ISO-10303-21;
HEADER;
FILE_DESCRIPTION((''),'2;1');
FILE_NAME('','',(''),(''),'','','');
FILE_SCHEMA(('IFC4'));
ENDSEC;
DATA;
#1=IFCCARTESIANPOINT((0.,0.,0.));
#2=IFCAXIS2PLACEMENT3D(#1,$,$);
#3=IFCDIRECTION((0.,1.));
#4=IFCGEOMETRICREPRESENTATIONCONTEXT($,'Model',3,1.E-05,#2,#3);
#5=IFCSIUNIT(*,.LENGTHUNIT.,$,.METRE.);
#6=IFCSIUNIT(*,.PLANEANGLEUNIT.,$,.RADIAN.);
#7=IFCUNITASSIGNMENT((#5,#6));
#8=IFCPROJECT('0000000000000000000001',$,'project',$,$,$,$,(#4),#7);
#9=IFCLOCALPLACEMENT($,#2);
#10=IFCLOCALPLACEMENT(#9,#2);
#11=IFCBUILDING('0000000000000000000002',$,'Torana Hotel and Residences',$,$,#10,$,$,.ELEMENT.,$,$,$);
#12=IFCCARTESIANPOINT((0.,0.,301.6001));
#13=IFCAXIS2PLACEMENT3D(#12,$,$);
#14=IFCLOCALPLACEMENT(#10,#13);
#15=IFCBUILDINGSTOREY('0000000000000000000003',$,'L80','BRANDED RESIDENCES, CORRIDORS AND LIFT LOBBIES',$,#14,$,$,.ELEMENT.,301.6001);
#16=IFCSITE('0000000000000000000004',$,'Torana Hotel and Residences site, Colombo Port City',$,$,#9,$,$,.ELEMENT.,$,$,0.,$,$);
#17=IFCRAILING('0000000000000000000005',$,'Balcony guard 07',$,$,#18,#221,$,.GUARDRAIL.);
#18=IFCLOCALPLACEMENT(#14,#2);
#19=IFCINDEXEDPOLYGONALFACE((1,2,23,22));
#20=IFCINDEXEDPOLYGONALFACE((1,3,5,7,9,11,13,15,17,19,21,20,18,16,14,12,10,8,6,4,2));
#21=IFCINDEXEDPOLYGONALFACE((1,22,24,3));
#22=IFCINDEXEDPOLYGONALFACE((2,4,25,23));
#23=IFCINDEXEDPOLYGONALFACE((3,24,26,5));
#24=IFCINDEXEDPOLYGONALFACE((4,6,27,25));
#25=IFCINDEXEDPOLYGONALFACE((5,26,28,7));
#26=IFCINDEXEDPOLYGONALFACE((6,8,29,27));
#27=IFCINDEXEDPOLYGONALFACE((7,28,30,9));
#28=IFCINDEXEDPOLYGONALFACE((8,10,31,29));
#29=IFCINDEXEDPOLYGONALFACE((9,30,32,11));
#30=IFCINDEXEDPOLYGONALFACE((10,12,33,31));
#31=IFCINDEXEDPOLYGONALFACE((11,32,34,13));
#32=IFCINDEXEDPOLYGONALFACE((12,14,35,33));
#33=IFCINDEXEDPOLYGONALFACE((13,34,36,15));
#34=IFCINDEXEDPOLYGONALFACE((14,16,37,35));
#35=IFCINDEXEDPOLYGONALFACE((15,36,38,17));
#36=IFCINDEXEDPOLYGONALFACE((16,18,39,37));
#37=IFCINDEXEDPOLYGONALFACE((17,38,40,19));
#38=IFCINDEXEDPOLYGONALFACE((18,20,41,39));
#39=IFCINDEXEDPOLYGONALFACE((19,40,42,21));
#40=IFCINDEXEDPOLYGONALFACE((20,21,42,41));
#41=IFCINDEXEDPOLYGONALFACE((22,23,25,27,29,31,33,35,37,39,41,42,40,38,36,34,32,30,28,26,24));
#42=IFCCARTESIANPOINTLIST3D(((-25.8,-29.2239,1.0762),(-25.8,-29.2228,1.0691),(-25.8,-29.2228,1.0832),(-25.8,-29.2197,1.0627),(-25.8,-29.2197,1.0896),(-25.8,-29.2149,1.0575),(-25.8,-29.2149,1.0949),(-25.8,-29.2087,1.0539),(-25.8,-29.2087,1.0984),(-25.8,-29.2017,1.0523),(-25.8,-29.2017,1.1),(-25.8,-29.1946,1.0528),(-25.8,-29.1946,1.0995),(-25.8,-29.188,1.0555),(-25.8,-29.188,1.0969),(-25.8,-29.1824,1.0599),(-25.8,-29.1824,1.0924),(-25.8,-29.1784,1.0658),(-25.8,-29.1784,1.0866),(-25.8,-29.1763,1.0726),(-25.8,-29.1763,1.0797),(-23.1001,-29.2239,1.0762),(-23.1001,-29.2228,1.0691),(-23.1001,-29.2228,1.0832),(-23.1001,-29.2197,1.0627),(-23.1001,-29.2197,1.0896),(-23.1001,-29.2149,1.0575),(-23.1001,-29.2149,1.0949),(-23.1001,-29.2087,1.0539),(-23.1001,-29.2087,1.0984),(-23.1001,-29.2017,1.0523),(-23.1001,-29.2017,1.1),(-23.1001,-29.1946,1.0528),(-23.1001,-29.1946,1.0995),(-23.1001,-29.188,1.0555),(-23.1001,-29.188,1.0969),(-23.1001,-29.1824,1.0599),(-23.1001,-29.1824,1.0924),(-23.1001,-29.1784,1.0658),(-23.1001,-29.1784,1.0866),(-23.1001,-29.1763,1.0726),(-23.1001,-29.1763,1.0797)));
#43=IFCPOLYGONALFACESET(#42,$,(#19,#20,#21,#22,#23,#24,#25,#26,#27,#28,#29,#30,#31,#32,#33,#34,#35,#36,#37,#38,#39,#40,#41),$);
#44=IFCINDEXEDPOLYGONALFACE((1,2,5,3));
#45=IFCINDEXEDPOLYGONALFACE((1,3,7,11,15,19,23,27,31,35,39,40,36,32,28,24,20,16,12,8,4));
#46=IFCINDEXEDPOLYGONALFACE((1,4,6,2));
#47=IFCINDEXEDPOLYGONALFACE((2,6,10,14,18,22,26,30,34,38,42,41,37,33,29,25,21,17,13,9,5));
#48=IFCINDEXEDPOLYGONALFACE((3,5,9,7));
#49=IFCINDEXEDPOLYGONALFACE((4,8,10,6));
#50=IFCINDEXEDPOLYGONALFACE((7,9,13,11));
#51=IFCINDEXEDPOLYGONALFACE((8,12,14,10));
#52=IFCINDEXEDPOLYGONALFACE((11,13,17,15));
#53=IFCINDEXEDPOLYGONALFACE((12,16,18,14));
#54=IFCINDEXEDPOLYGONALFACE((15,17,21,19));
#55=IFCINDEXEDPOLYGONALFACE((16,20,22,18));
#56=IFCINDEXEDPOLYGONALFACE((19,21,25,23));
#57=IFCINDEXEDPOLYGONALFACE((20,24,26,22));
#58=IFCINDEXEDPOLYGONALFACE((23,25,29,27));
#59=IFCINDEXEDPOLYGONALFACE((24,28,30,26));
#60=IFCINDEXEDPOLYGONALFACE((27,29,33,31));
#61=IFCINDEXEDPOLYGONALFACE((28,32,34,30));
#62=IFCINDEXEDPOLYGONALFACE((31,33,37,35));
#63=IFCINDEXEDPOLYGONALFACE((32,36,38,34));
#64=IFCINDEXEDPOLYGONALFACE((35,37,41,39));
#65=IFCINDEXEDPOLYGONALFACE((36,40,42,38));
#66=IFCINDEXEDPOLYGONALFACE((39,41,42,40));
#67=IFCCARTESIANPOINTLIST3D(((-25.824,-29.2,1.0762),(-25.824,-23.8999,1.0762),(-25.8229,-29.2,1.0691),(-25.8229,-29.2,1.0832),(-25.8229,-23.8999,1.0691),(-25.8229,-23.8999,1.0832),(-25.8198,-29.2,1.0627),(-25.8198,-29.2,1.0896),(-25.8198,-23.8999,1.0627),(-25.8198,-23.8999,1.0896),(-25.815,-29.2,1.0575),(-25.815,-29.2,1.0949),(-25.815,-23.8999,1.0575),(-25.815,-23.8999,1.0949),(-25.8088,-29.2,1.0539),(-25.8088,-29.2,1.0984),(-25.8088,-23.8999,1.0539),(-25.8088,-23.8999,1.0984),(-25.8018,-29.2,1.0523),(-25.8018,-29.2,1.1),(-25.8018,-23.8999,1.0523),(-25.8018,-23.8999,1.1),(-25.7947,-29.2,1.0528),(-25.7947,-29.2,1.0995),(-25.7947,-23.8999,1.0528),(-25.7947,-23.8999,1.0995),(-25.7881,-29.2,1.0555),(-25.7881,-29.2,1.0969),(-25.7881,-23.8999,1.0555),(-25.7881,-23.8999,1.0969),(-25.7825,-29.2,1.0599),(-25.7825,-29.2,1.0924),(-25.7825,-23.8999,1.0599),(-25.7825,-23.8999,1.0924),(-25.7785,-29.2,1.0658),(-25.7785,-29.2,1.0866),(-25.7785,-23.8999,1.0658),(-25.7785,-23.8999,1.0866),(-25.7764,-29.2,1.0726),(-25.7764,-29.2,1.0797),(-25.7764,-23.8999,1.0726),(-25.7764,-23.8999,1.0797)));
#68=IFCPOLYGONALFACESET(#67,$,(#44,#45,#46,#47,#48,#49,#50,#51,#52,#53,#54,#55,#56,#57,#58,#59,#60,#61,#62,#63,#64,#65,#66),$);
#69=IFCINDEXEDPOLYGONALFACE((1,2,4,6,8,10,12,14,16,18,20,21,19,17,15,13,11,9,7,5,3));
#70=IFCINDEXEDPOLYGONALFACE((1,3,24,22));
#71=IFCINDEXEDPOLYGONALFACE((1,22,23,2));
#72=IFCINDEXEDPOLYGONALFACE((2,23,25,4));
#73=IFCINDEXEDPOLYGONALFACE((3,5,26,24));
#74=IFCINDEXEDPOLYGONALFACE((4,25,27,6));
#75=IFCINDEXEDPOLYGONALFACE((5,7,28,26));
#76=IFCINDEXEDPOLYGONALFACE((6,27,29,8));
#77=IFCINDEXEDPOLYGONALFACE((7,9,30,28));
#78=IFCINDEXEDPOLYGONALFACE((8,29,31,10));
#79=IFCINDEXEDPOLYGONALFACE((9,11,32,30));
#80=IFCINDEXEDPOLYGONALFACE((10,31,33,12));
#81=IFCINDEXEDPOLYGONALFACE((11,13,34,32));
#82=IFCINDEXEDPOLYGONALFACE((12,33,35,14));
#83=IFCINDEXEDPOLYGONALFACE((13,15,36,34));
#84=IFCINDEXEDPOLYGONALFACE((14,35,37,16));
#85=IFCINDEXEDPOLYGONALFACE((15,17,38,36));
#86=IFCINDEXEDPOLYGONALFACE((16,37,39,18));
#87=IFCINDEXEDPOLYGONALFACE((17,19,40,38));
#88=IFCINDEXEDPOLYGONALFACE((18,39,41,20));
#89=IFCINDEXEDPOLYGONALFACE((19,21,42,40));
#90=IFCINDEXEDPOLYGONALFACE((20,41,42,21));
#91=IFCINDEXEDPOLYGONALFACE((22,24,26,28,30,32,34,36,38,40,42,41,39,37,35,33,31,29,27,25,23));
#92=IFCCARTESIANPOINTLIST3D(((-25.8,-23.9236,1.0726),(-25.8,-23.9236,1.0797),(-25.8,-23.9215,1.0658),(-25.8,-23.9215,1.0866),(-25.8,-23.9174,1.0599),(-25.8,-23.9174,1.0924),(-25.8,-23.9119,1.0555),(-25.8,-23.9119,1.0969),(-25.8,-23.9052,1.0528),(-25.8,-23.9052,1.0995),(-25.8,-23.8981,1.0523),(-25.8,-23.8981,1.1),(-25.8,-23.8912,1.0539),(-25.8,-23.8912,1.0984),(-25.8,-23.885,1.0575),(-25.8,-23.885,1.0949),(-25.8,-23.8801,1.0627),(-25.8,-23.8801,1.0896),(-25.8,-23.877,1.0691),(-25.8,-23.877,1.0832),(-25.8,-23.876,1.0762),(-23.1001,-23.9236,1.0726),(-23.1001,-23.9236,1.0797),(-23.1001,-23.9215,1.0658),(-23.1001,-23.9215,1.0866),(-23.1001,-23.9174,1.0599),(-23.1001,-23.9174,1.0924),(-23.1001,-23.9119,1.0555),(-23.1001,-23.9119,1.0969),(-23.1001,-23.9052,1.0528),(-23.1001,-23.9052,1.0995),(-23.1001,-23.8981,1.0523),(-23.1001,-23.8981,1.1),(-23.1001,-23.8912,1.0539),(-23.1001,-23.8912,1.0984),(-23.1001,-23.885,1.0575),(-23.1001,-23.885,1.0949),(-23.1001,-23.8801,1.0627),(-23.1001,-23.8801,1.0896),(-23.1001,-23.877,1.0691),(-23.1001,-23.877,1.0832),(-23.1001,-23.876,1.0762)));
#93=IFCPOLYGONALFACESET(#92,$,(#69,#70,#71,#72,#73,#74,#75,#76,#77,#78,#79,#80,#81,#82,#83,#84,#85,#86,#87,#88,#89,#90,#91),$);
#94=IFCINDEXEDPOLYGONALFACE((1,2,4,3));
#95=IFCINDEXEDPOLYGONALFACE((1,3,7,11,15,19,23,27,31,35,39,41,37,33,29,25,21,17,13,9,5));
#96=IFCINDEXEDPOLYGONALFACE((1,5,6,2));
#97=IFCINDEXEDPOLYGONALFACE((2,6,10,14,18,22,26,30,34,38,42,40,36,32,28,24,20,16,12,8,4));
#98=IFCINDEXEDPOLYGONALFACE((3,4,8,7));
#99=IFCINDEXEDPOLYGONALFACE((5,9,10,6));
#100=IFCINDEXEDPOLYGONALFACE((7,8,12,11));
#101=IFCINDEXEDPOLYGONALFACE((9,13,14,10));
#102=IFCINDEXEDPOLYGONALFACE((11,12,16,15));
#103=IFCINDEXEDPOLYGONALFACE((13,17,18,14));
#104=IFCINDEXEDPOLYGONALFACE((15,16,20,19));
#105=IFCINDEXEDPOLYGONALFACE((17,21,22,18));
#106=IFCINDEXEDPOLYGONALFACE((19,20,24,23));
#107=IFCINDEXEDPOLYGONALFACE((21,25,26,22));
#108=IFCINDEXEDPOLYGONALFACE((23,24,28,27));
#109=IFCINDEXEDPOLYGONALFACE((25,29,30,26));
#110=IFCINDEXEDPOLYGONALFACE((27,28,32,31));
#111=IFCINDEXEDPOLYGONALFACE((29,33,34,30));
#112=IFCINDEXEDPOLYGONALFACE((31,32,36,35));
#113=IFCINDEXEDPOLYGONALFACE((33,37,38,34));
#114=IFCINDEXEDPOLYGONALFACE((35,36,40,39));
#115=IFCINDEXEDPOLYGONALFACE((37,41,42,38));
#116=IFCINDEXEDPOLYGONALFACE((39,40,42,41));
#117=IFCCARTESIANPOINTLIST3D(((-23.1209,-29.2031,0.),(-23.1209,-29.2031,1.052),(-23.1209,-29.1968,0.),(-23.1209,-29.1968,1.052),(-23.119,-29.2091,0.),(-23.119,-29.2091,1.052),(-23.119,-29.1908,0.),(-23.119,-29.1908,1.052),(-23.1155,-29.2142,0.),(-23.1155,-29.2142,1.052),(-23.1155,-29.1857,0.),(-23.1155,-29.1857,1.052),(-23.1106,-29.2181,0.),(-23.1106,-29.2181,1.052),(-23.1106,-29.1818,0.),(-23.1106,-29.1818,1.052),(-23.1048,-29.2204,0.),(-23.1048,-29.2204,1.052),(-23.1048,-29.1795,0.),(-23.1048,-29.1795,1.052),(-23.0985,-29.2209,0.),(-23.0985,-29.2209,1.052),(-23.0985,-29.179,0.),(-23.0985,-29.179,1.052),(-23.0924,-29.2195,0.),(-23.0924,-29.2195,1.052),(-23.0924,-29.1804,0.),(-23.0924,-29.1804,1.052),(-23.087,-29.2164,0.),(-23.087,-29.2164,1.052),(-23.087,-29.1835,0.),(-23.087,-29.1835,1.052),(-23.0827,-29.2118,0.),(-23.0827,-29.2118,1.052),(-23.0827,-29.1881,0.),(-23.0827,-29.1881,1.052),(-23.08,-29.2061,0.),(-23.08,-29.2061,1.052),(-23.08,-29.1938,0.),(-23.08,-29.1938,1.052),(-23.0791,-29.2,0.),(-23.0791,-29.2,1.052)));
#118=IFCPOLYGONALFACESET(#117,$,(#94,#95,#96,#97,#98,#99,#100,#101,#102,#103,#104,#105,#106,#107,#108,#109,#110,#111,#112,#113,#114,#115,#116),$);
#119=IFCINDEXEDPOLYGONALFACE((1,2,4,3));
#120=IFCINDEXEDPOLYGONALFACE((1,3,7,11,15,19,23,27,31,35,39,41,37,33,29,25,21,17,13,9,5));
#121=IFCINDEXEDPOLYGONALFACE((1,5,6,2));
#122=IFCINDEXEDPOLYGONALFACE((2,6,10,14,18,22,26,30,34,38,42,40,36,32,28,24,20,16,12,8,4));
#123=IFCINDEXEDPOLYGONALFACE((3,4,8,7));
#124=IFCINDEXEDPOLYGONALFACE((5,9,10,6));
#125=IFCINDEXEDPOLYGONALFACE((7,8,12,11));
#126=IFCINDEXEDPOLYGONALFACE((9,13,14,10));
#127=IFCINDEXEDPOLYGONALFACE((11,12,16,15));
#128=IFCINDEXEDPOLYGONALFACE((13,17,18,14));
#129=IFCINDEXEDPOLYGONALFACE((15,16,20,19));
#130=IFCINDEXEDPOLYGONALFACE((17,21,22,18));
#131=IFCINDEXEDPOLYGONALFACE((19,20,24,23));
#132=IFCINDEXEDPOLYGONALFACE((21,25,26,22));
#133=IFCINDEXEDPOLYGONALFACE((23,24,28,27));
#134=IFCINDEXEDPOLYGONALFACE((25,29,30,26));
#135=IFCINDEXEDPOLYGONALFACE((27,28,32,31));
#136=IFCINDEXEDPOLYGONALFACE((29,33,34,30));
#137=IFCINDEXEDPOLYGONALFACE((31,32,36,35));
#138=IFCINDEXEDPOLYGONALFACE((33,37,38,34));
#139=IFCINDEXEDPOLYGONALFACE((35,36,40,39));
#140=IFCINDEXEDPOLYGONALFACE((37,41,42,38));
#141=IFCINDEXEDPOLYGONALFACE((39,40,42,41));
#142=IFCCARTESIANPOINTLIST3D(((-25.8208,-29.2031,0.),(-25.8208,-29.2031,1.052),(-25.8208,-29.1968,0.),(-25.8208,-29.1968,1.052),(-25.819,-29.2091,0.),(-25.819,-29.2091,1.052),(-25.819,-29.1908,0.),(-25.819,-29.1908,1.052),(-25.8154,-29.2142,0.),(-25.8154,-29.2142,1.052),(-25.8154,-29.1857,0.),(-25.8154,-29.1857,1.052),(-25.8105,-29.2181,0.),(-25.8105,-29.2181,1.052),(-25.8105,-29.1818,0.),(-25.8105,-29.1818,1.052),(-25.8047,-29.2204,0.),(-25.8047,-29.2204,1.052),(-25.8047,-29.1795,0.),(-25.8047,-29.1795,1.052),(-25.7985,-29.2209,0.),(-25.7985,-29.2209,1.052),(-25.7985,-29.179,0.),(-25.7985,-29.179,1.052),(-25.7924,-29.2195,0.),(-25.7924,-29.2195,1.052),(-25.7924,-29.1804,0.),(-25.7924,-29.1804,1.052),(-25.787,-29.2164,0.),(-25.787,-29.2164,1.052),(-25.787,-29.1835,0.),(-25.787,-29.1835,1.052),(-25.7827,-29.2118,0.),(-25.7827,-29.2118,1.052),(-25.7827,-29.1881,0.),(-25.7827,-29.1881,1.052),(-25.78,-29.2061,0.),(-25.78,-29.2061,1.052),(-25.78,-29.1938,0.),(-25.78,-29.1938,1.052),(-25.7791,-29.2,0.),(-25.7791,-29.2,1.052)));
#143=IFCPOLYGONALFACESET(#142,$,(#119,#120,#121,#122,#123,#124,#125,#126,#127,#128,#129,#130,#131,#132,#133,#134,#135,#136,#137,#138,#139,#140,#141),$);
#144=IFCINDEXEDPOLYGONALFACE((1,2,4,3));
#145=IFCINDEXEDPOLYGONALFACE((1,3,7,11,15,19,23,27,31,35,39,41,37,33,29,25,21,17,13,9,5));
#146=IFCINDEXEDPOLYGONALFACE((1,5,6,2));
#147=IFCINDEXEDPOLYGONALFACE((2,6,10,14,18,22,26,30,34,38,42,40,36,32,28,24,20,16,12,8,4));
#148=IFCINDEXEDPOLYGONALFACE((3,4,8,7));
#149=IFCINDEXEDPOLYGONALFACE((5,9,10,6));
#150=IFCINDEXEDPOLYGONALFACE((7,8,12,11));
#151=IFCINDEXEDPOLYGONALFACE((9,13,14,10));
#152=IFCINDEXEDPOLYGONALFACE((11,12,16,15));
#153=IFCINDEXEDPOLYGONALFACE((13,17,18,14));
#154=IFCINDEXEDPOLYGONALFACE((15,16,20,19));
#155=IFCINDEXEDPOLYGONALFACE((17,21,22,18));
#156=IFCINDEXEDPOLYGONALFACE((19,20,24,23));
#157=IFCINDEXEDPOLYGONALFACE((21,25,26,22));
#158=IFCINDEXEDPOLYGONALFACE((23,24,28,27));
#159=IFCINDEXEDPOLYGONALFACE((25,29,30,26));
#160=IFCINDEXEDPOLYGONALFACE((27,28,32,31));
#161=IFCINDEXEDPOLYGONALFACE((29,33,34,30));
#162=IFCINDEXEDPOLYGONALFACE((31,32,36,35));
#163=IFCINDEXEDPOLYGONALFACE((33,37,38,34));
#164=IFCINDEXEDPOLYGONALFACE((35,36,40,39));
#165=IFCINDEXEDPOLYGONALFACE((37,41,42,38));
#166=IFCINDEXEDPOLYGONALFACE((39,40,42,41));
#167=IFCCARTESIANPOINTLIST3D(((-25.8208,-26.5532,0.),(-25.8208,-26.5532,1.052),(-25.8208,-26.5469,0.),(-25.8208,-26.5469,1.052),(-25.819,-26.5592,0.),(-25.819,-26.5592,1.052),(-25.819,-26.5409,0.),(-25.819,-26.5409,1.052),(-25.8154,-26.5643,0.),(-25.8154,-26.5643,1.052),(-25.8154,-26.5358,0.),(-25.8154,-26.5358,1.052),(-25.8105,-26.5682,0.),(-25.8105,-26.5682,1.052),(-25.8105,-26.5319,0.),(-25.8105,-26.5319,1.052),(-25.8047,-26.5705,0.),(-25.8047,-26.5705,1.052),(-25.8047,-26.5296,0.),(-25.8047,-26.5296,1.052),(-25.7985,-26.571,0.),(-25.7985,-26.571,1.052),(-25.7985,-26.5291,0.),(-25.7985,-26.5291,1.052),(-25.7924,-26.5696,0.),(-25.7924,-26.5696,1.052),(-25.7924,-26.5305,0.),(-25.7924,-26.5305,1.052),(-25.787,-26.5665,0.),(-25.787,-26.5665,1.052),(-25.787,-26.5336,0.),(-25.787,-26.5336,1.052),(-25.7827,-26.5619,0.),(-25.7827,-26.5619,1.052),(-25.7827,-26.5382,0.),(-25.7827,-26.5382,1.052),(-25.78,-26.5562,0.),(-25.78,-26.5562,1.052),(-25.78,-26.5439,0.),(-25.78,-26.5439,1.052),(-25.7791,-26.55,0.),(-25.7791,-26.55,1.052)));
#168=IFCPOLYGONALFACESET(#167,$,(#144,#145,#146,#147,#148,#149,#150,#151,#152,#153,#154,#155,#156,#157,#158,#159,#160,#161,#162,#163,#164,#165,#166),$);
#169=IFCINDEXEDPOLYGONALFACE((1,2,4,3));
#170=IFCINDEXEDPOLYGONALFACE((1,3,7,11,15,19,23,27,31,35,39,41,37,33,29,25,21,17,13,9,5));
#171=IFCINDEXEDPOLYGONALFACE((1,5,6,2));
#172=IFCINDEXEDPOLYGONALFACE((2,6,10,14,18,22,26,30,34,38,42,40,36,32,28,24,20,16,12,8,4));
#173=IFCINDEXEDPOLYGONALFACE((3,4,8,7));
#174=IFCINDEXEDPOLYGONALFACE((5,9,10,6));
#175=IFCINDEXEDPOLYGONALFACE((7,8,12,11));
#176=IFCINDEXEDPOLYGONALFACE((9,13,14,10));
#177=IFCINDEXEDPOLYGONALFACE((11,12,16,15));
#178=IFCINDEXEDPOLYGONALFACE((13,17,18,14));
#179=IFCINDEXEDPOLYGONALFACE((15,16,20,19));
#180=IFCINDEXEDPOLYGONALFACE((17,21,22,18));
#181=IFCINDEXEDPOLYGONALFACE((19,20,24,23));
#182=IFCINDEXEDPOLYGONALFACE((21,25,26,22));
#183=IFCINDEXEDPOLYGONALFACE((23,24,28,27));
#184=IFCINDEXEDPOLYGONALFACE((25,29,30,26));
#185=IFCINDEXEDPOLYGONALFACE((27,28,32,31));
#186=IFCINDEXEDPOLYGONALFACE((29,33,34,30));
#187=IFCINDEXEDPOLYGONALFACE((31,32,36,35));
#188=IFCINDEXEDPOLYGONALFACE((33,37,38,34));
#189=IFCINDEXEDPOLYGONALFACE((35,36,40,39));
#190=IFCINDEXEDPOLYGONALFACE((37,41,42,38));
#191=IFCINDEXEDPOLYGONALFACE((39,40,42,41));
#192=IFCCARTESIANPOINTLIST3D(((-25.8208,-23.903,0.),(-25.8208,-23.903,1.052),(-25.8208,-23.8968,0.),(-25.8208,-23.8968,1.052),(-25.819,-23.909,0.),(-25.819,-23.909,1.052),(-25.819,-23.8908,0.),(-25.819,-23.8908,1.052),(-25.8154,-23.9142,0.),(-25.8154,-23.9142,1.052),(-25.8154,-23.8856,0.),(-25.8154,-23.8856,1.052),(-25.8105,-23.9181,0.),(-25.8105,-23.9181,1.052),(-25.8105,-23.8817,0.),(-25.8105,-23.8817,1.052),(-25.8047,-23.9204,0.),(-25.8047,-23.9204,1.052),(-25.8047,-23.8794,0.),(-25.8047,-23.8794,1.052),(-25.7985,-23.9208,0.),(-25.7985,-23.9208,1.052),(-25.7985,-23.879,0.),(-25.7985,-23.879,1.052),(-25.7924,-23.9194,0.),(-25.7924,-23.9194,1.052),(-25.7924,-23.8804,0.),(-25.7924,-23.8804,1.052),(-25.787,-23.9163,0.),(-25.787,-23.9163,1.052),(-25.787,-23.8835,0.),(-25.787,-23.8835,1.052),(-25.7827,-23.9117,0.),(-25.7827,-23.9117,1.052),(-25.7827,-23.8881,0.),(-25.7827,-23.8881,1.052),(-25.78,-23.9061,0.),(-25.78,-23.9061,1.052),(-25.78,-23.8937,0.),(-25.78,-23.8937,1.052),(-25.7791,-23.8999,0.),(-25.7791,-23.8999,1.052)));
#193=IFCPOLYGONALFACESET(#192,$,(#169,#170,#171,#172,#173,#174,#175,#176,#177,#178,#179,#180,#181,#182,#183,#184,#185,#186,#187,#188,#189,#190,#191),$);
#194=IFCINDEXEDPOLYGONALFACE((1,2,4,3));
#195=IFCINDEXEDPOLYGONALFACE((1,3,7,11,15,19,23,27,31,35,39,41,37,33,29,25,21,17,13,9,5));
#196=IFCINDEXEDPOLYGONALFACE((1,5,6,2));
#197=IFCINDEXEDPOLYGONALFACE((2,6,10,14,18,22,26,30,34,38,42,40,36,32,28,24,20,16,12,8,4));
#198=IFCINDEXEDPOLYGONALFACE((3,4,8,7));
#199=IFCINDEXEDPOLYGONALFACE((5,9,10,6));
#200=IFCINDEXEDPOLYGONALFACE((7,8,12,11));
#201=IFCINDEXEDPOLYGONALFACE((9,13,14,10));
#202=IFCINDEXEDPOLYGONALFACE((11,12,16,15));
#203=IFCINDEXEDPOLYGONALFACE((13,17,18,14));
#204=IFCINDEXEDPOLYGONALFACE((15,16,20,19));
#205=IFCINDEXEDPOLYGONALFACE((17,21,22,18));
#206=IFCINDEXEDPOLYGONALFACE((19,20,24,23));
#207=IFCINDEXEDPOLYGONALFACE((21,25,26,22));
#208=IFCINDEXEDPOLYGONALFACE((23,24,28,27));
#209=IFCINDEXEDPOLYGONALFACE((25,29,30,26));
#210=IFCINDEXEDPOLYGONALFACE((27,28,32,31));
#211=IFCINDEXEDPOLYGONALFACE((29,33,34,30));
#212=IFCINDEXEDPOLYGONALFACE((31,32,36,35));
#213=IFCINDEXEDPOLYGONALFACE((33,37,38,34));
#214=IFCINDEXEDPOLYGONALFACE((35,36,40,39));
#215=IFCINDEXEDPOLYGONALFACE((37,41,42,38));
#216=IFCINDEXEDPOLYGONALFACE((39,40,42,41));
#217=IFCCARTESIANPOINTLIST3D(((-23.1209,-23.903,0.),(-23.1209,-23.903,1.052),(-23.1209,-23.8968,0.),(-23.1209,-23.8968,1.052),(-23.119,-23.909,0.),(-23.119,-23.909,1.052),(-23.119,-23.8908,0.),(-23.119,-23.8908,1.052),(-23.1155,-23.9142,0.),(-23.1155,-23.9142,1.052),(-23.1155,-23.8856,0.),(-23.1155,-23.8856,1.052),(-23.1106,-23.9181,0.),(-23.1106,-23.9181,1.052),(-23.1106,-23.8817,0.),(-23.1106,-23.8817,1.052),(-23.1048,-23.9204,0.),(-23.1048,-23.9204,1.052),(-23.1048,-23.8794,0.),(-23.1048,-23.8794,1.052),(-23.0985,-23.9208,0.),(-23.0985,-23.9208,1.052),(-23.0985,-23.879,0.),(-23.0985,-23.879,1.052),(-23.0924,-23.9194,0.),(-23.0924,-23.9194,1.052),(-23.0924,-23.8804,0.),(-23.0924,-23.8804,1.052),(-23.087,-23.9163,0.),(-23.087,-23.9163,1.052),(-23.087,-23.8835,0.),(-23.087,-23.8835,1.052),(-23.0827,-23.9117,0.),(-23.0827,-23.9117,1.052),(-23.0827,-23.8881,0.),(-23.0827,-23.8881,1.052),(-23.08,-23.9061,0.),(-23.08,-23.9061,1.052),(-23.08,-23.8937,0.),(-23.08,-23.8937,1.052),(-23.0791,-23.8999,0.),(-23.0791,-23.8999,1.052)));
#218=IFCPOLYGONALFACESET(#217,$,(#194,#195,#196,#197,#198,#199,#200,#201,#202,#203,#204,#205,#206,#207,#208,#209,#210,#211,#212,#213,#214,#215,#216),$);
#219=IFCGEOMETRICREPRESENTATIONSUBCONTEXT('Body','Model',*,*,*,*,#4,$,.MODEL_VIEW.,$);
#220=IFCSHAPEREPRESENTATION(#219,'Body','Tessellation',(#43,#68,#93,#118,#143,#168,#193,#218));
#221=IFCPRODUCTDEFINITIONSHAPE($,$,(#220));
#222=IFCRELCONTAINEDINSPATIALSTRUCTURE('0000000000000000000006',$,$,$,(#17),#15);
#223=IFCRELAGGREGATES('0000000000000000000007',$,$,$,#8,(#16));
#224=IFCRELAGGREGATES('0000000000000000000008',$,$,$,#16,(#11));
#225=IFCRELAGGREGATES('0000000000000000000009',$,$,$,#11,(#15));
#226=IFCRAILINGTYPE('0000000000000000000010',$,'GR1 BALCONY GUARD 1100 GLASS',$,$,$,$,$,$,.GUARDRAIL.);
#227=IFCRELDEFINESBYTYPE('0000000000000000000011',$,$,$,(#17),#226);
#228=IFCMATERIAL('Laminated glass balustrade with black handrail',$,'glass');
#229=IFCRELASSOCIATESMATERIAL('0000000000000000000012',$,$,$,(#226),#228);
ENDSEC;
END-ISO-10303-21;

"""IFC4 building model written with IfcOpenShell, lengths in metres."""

from ifc_helpers import new_model, si_unit, direction, frame, origin, origin_2d, place, context, subcontext, project, spatial, circle, extrude, material, type_object, element, save


model = new_model("IFC4")

# Units and contexts
model_context = context("Model", 3, precision=1e-05, world=origin(), true_north=direction((0.0, 1.0)))
body_context = subcontext(model_context, "Body", "Model", "MODEL_VIEW")
ifc_project = project(units=[si_unit("LENGTHUNIT", "METRE"), si_unit("PLANEANGLEUNIT", "RADIAN")], contexts=[model_context])

# Site, building, storey
site_placement = place(None, origin())
site = spatial("IfcSite", under=ifc_project, at=site_placement, Name="Torana Hotel and Residences site, Colombo Port City", CompositionType="ELEMENT", RefElevation=0.0)
building_placement = place(site_placement, origin())
building = spatial("IfcBuilding", under=site, at=building_placement, Name="Torana Hotel and Residences", CompositionType="ELEMENT")
storey_placement = place(building_placement, frame((0.0, 0.0, 301.6001)))
storey = spatial("IfcBuildingStorey", under=building, at=storey_placement, Name="L80", Description="BRANDED RESIDENCES, CORRIDORS AND LIFT LOBBIES", CompositionType="ELEMENT", Elevation=301.6001)

# Railing
ifc_material_1 = material(Name="Laminated glass balustrade with black handrail", Category="glass")
railing_type = type_object("IfcRailingType", Name="GR1 BALCONY GUARD 1100 GLASS", PredefinedType="GUARDRAIL", material=ifc_material_1)
railing_1_placement = place(storey_placement, frame((-23.1001, -29.2, 0.0)))
element("IfcRailing", 1, at=railing_1_placement, inside=storey, type_object=railing_type, Name="Balcony guard 07", PredefinedType="GUARDRAIL", context=body_context, shape_type="SweptSolid", body=[
    extrude(circle(Radius=0.0239, at=origin_2d()), frame((0.0, 0.0, 1.0762), z_axis=(-1.0, 0.0, 0.0), x_axis=(0.0, -1.0, 0.0)), (0.0, 0.0, 1.0), 2.7),
    extrude(circle(Radius=0.0239, at=origin_2d()), frame((-2.7, 0.0, 1.0762), z_axis=(0.0, 1.0, 0.0), x_axis=(-1.0, 0.0, 0.0)), (0.0, 0.0, 1.0), 5.3),
    extrude(circle(Radius=0.0239, at=origin_2d()), frame((-2.7, 5.3, 1.0762), z_axis=(1.0, 0.0, 0.0), x_axis=(0.0, 1.0, 0.0)), (0.0, 0.0, 1.0), 2.7),
    extrude(circle(Radius=0.021, at=origin_2d()), origin(), (0.0, 0.0, 1.0), 1.052),
    extrude(circle(Radius=0.021, at=origin_2d()), frame((-2.7, 0.0, 0.0)), (0.0, 0.0, 1.0), 1.052),
    extrude(circle(Radius=0.021, at=origin_2d()), frame((-2.7, 2.6499, 0.0)), (0.0, 0.0, 1.0), 1.052),
    extrude(circle(Radius=0.021, at=origin_2d()), frame((-2.7, 5.3, 0.0)), (0.0, 0.0, 1.0), 1.052),
    extrude(circle(Radius=0.021, at=origin_2d()), frame((0.0, 5.3, 0.0)), (0.0, 0.0, 1.0), 1.052),
])

save(model, "model.ifc")
